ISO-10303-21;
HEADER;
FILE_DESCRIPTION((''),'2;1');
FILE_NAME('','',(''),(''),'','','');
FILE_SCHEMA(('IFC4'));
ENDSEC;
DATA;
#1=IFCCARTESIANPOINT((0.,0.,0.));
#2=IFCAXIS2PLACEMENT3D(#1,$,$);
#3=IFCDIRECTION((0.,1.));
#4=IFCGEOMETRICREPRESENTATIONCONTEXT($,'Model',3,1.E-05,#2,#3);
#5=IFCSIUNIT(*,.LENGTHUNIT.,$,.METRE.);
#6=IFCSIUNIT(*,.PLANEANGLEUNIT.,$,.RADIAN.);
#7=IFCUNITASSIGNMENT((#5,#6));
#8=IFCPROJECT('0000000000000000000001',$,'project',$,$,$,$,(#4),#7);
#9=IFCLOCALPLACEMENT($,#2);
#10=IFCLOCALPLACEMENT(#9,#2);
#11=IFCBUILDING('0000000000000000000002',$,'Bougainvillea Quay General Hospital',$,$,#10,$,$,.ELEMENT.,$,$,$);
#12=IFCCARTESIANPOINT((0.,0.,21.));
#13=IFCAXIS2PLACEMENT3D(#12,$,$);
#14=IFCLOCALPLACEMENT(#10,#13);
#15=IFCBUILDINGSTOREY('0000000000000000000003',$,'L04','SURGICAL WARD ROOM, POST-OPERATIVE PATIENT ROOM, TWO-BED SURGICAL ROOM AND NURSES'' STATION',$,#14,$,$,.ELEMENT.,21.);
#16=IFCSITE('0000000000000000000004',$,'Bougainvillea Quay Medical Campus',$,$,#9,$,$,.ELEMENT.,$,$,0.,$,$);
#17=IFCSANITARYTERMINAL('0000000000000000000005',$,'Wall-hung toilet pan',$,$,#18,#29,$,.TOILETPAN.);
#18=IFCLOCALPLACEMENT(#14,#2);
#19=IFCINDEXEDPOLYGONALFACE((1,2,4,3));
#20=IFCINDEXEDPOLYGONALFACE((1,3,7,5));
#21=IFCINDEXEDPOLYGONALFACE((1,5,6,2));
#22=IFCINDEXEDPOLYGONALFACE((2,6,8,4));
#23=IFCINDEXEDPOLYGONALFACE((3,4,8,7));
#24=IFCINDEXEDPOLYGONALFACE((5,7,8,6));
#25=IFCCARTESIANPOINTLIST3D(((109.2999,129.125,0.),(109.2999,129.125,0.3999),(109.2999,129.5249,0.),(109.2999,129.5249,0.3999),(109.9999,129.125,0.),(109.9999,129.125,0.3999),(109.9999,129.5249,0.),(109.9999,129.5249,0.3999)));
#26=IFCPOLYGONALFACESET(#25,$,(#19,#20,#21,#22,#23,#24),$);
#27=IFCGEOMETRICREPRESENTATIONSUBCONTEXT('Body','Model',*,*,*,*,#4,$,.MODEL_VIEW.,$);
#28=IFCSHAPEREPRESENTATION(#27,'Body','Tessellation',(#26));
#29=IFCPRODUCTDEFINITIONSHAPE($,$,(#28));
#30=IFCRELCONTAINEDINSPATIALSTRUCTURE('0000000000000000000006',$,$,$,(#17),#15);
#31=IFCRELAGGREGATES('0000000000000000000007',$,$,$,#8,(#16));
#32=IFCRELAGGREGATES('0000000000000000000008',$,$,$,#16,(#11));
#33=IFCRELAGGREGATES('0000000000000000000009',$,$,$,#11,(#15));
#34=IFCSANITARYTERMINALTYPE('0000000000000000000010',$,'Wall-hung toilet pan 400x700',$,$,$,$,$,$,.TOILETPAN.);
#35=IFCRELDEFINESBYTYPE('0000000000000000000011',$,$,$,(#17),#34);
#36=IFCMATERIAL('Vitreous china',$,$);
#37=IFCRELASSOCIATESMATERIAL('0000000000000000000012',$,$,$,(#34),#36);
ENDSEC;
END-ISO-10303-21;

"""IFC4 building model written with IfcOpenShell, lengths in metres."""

from ifc_helpers import new_model, si_unit, direction, frame, origin, origin_2d, place, context, subcontext, project, spatial, rectangle, extrude, material, type_object, element, save


model = new_model("IFC4")

# Units and contexts
model_context = context("Model", 3, precision=1e-05, world=origin(), true_north=direction((0.0, 1.0)))
body_context = subcontext(model_context, "Body", "Model", "MODEL_VIEW")
ifc_project = project(units=[si_unit("LENGTHUNIT", "METRE"), si_unit("PLANEANGLEUNIT", "RADIAN")], contexts=[model_context])

# Site, building, storey
site_placement = place(None, origin())
site = spatial("IfcSite", under=ifc_project, at=site_placement, Name="Bougainvillea Quay Medical Campus", CompositionType="ELEMENT", RefElevation=0.0)
building_placement = place(site_placement, origin())
building = spatial("IfcBuilding", under=site, at=building_placement, Name="Bougainvillea Quay General Hospital", CompositionType="ELEMENT")
storey_placement = place(building_placement, frame((0.0, 0.0, 21.0)))
storey = spatial("IfcBuildingStorey", under=building, at=storey_placement, Name="L04", Description="SURGICAL WARD ROOM, POST-OPERATIVE PATIENT ROOM, TWO-BED SURGICAL ROOM AND NURSES' STATION", CompositionType="ELEMENT", Elevation=21.0)

# Sanitary terminal
ifc_material_1 = material(Name="Vitreous china")
sanitary_terminal_type_1 = type_object("IfcSanitaryTerminalType", Name="Wall-hung toilet pan 400x700", PredefinedType="TOILETPAN", material=ifc_material_1)
sanitary_terminal_1_placement = place(storey_placement, frame((109.6499, 129.325, 0.0), z_axis=(0.0, 0.0, 1.0), x_axis=(0.0, 1.0, 0.0)))
element("IfcSanitaryTerminal", 1, at=sanitary_terminal_1_placement, inside=storey, type_object=sanitary_terminal_type_1, Name="Wall-hung toilet pan", PredefinedType="TOILETPAN", context=body_context, shape_type="SweptSolid", body=[
    extrude(rectangle(XDim=0.3999, YDim=0.7, at=origin_2d()), origin(), (0.0, 0.0, 1.0), 0.3999),
])

save(model, "model.ifc")
